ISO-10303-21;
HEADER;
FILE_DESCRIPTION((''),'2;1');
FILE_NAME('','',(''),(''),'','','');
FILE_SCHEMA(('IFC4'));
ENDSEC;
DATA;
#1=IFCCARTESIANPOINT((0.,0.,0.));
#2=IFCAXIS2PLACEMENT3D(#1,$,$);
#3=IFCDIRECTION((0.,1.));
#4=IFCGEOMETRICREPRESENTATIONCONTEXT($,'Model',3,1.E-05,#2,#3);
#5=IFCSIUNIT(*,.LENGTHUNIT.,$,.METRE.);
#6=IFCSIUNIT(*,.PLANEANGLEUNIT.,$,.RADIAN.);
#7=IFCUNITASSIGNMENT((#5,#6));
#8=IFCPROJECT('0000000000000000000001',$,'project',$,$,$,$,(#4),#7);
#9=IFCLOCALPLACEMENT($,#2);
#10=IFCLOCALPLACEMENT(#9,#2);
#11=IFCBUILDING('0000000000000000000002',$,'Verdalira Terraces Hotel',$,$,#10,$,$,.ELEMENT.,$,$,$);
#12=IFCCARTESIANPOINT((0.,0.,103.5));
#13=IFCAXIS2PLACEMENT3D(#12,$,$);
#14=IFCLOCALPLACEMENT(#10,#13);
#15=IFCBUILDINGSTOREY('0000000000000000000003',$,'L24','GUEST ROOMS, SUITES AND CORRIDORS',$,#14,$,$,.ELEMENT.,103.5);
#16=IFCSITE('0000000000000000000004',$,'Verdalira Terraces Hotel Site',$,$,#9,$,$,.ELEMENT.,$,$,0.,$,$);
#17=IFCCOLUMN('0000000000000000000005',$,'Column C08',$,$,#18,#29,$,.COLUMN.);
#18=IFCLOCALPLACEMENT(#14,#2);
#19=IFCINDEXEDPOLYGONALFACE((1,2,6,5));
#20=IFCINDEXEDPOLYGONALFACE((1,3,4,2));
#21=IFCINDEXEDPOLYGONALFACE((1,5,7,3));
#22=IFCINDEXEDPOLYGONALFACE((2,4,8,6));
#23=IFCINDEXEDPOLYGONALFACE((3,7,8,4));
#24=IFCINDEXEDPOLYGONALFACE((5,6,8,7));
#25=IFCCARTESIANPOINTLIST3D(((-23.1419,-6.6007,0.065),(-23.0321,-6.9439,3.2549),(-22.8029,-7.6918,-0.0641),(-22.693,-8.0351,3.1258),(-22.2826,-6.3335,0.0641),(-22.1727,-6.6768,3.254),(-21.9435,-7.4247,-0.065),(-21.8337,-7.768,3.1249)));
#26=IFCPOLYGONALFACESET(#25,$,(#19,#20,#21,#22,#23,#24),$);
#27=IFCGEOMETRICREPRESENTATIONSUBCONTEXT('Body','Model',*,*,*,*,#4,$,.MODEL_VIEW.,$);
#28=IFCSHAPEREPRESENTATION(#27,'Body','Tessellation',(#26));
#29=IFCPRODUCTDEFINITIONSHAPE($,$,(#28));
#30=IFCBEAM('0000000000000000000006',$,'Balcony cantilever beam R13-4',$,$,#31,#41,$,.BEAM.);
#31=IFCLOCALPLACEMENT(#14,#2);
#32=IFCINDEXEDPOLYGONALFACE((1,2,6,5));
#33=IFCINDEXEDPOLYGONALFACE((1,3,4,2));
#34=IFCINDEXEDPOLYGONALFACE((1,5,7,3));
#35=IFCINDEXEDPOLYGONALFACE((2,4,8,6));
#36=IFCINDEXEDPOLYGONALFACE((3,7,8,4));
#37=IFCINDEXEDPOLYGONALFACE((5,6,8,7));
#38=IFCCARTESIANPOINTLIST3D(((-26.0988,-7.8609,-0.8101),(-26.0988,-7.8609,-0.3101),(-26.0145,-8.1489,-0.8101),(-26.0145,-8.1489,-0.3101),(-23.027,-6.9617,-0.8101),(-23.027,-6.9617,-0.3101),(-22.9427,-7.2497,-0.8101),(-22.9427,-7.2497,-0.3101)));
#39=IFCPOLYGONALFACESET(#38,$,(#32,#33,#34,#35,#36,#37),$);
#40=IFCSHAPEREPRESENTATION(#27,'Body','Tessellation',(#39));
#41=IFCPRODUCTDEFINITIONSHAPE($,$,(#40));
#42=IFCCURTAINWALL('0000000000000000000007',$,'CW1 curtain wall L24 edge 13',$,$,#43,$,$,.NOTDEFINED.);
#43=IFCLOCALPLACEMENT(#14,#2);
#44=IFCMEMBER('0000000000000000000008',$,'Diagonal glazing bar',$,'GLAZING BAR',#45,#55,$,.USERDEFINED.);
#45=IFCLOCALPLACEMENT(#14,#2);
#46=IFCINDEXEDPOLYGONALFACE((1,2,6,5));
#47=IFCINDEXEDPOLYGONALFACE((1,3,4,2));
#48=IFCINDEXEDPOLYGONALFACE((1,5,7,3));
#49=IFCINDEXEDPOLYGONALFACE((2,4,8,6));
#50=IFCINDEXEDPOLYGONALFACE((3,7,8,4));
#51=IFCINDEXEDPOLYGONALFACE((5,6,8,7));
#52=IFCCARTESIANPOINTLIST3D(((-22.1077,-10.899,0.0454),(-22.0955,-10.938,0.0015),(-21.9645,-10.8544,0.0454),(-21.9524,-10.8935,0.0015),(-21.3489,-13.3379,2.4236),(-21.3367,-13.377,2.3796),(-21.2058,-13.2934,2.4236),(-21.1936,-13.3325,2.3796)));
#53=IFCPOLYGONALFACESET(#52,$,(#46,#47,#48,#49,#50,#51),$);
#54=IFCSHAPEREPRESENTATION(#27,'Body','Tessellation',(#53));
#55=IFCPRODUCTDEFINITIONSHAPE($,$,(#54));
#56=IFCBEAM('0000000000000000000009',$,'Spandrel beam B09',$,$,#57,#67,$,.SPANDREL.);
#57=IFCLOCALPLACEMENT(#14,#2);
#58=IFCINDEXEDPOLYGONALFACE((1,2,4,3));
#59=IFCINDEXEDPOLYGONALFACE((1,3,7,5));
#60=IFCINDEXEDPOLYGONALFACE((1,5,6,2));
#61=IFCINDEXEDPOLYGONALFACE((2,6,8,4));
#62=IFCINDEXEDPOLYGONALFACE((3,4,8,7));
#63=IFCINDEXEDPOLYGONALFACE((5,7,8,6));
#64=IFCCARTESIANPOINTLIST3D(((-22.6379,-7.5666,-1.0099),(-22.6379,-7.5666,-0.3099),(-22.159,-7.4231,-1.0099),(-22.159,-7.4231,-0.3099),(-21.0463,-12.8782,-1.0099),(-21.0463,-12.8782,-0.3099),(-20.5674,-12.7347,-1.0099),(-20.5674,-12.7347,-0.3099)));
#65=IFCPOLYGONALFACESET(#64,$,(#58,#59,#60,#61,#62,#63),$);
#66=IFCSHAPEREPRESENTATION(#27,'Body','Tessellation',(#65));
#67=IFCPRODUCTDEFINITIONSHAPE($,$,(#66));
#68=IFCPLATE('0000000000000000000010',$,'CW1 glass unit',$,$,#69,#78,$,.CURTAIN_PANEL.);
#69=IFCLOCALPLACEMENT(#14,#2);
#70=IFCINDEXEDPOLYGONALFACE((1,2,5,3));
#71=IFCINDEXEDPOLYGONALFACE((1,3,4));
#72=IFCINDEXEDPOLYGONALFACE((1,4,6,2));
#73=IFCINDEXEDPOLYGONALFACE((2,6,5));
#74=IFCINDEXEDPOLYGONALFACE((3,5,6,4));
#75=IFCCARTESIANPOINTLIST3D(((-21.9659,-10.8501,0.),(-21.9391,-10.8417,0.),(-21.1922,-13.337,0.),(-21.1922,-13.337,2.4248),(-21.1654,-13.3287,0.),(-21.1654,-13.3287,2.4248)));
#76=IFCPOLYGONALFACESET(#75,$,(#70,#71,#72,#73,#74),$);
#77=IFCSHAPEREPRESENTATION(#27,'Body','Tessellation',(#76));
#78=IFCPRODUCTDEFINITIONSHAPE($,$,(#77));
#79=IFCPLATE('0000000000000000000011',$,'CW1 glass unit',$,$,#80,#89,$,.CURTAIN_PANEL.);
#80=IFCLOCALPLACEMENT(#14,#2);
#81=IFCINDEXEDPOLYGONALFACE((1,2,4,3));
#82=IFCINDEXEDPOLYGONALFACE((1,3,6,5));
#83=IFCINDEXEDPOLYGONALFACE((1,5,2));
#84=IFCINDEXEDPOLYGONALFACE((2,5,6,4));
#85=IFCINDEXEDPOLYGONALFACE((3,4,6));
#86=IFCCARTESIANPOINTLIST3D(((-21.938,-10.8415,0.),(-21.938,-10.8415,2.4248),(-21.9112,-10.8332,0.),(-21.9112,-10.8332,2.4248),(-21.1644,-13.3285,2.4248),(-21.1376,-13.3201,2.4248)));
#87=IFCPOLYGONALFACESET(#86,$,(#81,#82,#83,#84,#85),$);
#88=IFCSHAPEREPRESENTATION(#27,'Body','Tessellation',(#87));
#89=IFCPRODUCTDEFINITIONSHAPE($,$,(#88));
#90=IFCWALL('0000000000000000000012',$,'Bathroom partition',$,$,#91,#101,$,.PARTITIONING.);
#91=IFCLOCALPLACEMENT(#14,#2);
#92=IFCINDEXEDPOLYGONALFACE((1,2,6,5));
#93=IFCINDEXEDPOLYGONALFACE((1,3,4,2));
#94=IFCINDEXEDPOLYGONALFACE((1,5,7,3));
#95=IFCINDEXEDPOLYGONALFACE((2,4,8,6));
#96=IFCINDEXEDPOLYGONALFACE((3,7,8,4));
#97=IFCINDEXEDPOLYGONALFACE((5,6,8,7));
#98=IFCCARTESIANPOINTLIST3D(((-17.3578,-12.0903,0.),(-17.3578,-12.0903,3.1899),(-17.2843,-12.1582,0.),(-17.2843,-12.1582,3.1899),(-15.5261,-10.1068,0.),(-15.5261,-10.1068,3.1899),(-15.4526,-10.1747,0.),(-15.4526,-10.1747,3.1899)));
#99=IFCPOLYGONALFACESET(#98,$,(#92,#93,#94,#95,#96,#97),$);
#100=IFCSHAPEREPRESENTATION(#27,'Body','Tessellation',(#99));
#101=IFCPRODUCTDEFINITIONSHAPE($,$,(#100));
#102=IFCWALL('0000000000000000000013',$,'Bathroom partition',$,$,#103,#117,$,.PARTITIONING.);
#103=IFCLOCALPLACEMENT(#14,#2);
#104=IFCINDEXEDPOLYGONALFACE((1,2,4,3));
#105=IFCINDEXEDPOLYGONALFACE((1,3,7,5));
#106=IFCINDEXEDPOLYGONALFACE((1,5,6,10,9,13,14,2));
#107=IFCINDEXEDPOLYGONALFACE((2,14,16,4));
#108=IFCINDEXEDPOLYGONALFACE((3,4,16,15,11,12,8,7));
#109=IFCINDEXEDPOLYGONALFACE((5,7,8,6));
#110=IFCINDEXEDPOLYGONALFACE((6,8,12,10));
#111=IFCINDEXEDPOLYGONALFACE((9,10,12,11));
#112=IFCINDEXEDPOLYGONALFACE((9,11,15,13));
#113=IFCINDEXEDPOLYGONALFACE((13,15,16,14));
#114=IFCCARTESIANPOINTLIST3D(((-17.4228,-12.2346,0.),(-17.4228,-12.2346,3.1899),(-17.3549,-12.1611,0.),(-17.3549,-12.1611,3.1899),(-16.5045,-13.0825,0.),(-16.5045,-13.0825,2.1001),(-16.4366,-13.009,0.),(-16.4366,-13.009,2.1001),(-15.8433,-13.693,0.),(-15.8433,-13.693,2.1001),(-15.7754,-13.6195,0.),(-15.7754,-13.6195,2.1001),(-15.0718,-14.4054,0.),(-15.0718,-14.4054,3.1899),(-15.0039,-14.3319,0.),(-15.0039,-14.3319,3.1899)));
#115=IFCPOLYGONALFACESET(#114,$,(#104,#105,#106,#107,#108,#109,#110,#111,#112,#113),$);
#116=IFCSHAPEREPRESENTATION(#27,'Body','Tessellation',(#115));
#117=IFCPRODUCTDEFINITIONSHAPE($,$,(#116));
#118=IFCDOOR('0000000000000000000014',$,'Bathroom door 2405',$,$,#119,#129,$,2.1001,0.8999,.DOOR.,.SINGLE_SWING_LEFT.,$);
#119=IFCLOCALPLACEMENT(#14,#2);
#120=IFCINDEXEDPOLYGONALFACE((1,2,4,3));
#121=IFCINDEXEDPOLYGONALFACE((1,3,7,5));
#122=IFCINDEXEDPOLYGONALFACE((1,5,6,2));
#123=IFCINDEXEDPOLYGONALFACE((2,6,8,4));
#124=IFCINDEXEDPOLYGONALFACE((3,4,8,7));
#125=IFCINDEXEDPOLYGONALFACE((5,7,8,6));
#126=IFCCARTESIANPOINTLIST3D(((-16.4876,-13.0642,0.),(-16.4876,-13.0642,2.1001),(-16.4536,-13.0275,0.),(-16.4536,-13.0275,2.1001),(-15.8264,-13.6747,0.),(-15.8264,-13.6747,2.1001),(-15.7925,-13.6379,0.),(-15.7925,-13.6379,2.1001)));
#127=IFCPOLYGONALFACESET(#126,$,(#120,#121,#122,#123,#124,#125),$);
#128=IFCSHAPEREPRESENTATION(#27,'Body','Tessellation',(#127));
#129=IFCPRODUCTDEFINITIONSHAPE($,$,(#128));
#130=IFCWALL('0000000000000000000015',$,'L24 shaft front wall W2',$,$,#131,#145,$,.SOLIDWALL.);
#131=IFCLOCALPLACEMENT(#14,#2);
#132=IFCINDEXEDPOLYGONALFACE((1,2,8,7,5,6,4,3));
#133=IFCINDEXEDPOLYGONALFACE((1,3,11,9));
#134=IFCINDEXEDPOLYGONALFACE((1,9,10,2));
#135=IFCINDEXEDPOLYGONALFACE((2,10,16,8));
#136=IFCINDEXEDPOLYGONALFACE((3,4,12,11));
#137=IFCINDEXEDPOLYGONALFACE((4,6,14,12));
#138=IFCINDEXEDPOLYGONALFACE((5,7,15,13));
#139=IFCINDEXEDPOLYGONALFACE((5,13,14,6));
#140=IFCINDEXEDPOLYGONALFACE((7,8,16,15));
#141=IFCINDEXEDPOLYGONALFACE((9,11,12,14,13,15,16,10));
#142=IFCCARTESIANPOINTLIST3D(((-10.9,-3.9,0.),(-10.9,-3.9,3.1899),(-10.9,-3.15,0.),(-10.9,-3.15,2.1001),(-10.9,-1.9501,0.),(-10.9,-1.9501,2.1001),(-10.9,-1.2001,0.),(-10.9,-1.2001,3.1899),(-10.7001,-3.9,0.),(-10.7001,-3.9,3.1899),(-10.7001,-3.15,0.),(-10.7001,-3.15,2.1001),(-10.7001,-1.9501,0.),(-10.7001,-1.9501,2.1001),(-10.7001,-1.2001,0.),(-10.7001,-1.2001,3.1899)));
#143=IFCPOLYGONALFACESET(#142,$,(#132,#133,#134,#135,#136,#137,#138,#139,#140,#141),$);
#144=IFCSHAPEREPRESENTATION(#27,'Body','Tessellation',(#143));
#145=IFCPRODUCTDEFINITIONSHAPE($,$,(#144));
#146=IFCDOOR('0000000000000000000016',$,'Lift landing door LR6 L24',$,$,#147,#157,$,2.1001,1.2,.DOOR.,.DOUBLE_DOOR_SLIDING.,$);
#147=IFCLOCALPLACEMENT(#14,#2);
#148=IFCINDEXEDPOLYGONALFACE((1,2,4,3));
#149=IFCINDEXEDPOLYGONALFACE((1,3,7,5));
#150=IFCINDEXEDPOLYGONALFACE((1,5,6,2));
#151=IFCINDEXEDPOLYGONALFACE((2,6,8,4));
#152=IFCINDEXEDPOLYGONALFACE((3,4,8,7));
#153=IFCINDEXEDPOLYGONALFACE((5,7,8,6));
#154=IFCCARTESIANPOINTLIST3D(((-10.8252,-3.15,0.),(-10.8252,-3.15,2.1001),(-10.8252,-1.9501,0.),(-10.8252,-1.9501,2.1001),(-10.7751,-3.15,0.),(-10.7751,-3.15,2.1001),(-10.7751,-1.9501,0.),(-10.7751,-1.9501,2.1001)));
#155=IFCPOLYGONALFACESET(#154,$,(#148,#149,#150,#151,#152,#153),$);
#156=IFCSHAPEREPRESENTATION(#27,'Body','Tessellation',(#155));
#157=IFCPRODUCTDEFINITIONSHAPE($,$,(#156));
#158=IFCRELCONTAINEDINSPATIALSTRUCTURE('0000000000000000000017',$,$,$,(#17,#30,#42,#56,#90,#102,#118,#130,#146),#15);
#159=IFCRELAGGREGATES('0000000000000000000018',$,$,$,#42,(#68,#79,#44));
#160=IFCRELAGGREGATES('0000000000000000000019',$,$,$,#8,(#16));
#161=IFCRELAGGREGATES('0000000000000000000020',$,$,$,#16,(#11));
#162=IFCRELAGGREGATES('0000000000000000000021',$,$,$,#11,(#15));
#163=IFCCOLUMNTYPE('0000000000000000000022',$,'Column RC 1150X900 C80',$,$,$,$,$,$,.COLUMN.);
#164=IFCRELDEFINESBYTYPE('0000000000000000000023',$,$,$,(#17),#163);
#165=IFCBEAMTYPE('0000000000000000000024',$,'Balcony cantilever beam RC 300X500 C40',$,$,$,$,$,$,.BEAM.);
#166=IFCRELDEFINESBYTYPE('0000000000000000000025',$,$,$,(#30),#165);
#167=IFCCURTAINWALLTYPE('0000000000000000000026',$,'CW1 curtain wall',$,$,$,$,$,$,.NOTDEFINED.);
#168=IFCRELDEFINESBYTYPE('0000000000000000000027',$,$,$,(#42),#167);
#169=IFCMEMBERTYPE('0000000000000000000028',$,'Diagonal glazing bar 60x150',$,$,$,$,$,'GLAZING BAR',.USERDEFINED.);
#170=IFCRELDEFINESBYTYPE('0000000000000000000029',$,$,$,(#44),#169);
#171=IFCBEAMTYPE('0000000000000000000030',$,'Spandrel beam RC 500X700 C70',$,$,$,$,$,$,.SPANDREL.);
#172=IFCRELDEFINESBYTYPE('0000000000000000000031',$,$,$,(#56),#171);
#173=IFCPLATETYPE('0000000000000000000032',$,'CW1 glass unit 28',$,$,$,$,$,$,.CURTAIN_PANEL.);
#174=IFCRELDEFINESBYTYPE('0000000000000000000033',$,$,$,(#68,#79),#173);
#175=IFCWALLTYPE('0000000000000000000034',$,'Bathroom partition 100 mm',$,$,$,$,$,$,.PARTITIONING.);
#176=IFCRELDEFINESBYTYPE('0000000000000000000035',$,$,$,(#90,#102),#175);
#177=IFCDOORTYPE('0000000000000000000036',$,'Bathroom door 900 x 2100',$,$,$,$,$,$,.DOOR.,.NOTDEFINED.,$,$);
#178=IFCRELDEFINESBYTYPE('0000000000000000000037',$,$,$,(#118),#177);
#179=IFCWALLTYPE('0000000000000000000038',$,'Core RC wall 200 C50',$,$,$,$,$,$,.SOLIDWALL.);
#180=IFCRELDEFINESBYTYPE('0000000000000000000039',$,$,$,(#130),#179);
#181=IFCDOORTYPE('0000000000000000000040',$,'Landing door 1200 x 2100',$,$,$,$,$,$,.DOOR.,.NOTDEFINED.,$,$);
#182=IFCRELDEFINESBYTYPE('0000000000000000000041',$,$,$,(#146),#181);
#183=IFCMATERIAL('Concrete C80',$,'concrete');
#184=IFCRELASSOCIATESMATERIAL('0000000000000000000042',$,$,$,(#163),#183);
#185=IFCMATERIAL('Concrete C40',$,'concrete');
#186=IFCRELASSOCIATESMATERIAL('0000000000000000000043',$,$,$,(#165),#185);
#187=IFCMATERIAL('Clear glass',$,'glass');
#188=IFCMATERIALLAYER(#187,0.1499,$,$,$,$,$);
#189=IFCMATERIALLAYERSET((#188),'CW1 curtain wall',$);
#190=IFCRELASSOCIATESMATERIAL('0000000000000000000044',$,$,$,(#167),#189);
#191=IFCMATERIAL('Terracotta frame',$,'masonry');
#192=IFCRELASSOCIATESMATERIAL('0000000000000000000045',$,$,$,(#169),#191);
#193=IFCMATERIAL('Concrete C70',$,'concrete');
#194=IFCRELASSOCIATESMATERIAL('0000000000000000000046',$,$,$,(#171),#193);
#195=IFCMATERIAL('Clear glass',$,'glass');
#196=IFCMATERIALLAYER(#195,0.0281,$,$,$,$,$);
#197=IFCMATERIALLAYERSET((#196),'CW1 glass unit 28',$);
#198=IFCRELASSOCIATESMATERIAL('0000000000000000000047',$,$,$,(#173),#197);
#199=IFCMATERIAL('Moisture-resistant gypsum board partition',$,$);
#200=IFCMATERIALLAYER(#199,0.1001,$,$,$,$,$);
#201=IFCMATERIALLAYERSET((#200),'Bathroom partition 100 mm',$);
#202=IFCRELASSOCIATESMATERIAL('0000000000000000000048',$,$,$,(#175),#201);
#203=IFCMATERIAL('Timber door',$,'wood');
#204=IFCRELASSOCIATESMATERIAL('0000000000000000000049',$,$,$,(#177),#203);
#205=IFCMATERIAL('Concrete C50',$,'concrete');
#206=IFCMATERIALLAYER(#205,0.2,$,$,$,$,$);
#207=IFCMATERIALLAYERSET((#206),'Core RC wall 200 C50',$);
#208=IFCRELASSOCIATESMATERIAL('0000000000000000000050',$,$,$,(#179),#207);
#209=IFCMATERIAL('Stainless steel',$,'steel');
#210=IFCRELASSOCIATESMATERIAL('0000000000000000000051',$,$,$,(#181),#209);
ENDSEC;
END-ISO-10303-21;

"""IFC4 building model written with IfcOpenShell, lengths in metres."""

from ifc_helpers import new_model, si_unit, direction, frame, frame_2d, origin, origin_2d, place, context, subcontext, project, spatial, polyline, rectangle, outline, extrude, material, layer, layer_set, material_profile, profile_set, type_object, element, fill, aggregate, save


model = new_model("IFC4")

# Units and contexts
model_context = context("Model", 3, precision=1e-05, world=origin(), true_north=direction((0.0, 1.0)))
body_context = subcontext(model_context, "Body", "Model", "MODEL_VIEW")
ifc_project = project(units=[si_unit("LENGTHUNIT", "METRE"), si_unit("PLANEANGLEUNIT", "RADIAN")], contexts=[model_context])

# Site, building, storey
site_placement = place(None, origin())
site = spatial("IfcSite", under=ifc_project, at=site_placement, Name="Verdalira Terraces Hotel Site", CompositionType="ELEMENT", RefElevation=0.0)
building_placement = place(site_placement, origin())
building = spatial("IfcBuilding", under=site, at=building_placement, Name="Verdalira Terraces Hotel", CompositionType="ELEMENT")
storey_placement = place(building_placement, frame((0.0, 0.0, 103.5)))
storey = spatial("IfcBuildingStorey", under=building, at=storey_placement, Name="L24", Description="GUEST ROOMS, SUITES AND CORRIDORS", CompositionType="ELEMENT", Elevation=103.5)

# Column
ifc_material_1 = material(Name="Concrete C80", Category="concrete")
ifc_material_profile_1 = material_profile(ifc_material_1, rectangle(XDim=1.1499, YDim=0.8999, at=origin_2d()), Name="RC 1150X900")
ifc_profile_set_1 = profile_set([ifc_material_profile_1], Name="Concrete C80")
column_type = type_object("IfcColumnType", Name="Column RC 1150X900 C80", PredefinedType="COLUMN", material=ifc_profile_set_1)
column_placement = place(storey_placement, frame((-22.5427, -7.0127, 0.0), z_axis=(0.034223, -0.106927, 0.993678), x_axis=(0.294857, -0.948924, -0.112266)))
element("IfcColumn", 1, at=column_placement, inside=storey, type_object=column_type, Name="Column C08", PredefinedType="COLUMN", context=body_context, shape_type="SweptSolid", body=[
    extrude(rectangle(XDim=1.1499, YDim=0.8999, at=origin_2d()), origin(), (0.0, 0.0, 1.0), 3.2102),
])

# Beam
ifc_material_2 = material(Name="Concrete C40", Category="concrete")
ifc_material_profile_2 = material_profile(ifc_material_2, rectangle(XDim=0.3, YDim=0.5, at=origin_2d()), Name="RC 300X500")
ifc_profile_set_2 = profile_set([ifc_material_profile_2], Name="Concrete C40")
beam_type_1 = type_object("IfcBeamType", Name="Balcony cantilever beam RC 300X500 C40", PredefinedType="BEAM", material=ifc_profile_set_2)
beam_1_placement = place(storey_placement, frame((-22.9849, -7.1057, -0.5601), z_axis=(-0.959728, -0.280931, 0.0), x_axis=(0.280931, -0.959728, 0.0)))
element("IfcBeam", 2, at=beam_1_placement, inside=storey, type_object=beam_type_1, Name="Balcony cantilever beam R13-4", PredefinedType="BEAM", context=body_context, shape_type="SweptSolid", body=[
    extrude(rectangle(XDim=0.3, YDim=0.5, at=origin_2d()), origin(), (0.0, 0.0, 1.0), 3.2007),
])

# Curtain wall, member
ifc_material_3 = material(Name="Clear glass", Category="glass")
ifc_layer_1 = layer(ifc_material_3, 0.1499)
ifc_layer_set_1 = layer_set([ifc_layer_1], Name="CW1 curtain wall")
curtain_wall_type = type_object("IfcCurtainWallType", Name="CW1 curtain wall", PredefinedType="NOTDEFINED", material=ifc_layer_set_1)
curtain_wall_placement = place(storey_placement, origin())
curtain_wall = element("IfcCurtainWall", 3, at=curtain_wall_placement, inside=storey, type_object=curtain_wall_type, Name="CW1 curtain wall L24 edge 13", PredefinedType="NOTDEFINED")
ifc_material_4 = material(Name="Terracotta frame", Category="masonry")
ifc_material_profile_3 = material_profile(ifc_material_4, rectangle(XDim=0.1499, YDim=0.0601, at=origin_2d()), Name="GB 60x150")
ifc_profile_set_3 = profile_set([ifc_material_profile_3], Name="Terracotta frame")
member_type = type_object("IfcMemberType", Name="Diagonal glazing bar 60x150", ElementType="GLAZING BAR", PredefinedType="USERDEFINED", material=ifc_profile_set_3)
member_placement = place(storey_placement, frame((-22.03, -10.8962, 0.0234), z_axis=(0.217419, -0.698846, 0.681427), x_axis=(0.954857, 0.297067, 0.0)))
member = element("IfcMember", 4, at=member_placement, type_object=member_type, Name="Diagonal glazing bar", ObjectType="GLAZING BAR", PredefinedType="USERDEFINED", context=body_context, shape_type="SweptSolid", body=[
    extrude(rectangle(XDim=0.1499, YDim=0.0601, at=origin_2d()), origin(), (0.0, 0.0, 1.0), 3.49),
])

# Beam
ifc_material_5 = material(Name="Concrete C70", Category="concrete")
ifc_material_profile_4 = material_profile(ifc_material_5, rectangle(XDim=0.5, YDim=0.7, at=origin_2d()), Name="RC 500X700")
ifc_profile_set_4 = profile_set([ifc_material_profile_4], Name="Concrete C70")
beam_type_2 = type_object("IfcBeamType", Name="Spandrel beam RC 500X700 C70", PredefinedType="SPANDREL", material=ifc_profile_set_4)
beam_2_placement = place(storey_placement, frame((-22.3984, -7.4949, -0.6599), z_axis=(0.287033, -0.957921, 0.0), x_axis=(0.957921, 0.287033, 0.0)))
element("IfcBeam", 5, at=beam_2_placement, inside=storey, type_object=beam_type_2, Name="Spandrel beam B09", PredefinedType="SPANDREL", context=body_context, shape_type="SweptSolid", body=[
    extrude(rectangle(XDim=0.5, YDim=0.7, at=origin_2d()), origin(), (0.0, 0.0, 1.0), 5.5449),
])

# Plates
ifc_material_6 = material(Name="Clear glass", Category="glass")
ifc_layer_2 = layer(ifc_material_6, 0.0281)
ifc_layer_set_2 = layer_set([ifc_layer_2], Name="CW1 glass unit 28")
plate_type = type_object("IfcPlateType", Name="CW1 glass unit 28", PredefinedType="CURTAIN_PANEL", material=ifc_layer_set_2)
plate_1_placement = place(storey_placement, frame((-21.5522, -12.0852, 1.2124), z_axis=(-0.954865, -0.297042, 0.0), x_axis=(0.297042, -0.954865, 0.0)))
plate_1 = element("IfcPlate", 6, at=plate_1_placement, type_object=plate_type, Name="CW1 glass unit", PredefinedType="CURTAIN_PANEL", context=body_context, shape_type="SweptSolid", body=[
    extrude(outline(polyline([(-1.3022, -1.2124), (1.3022, -1.2124), (1.3022, 1.2124), (-1.3022, -1.2124)])), origin(), (0.0, 0.0, 1.0), 0.0281),
])
plate_2_placement = place(storey_placement, frame((-21.5244, -12.0767, 1.2124), z_axis=(-0.954865, -0.297042, 0.0), x_axis=(0.297042, -0.954865, 0.0)))
plate_2 = element("IfcPlate", 7, at=plate_2_placement, type_object=plate_type, Name="CW1 glass unit", PredefinedType="CURTAIN_PANEL", context=body_context, shape_type="SweptSolid", body=[
    extrude(outline(polyline([(-1.3022, -1.2124), (1.3022, 1.2124), (-1.3022, 1.2124), (-1.3022, -1.2124)])), origin(), (0.0, 0.0, 1.0), 0.0281),
])
aggregate(curtain_wall, [plate_1, plate_2, member])

# Wall
ifc_material_7 = material(Name="Moisture-resistant gypsum board partition")
ifc_layer_3 = layer(ifc_material_7, 0.1001)
ifc_layer_set_3 = layer_set([ifc_layer_3], Name="Bathroom partition 100 mm")
wall_type_1 = type_object("IfcWallType", Name="Bathroom partition 100 mm", PredefinedType="PARTITIONING", material=ifc_layer_set_3)
wall_1_placement = place(storey_placement, frame((-15.4893, -10.1406, 0.0), z_axis=(0.0, 0.0, 1.0), x_axis=(-0.678427, -0.734668, 0.0)))
element("IfcWall", 8, at=wall_1_placement, inside=storey, type_object=wall_type_1, Name="Bathroom partition", PredefinedType="PARTITIONING", context=body_context, shape_type="SweptSolid", body=[
    extrude(rectangle(XDim=2.7, YDim=0.1001, at=frame_2d((1.3501, 0.0))), origin(), (0.0, 0.0, 1.0), 3.1899),
])

# Walls, openings, doors
wall_2_placement = place(storey_placement, frame((-17.3889, -12.1978, 0.0), z_axis=(0.0, 0.0, 1.0), x_axis=(0.734698, -0.678394, 0.0)))
wall_2 = element("IfcWall", 9, at=wall_2_placement, inside=storey, type_object=wall_type_1, Name="Bathroom partition", PredefinedType="PARTITIONING", context=body_context, shape_type="SweptSolid", body=[
    extrude(rectangle(XDim=3.2, YDim=0.1001, at=frame_2d((1.6001, 0.0))), origin(), (0.0, 0.0, 1.0), 3.1899),
])
opening_1_placement = place(wall_2_placement, frame((1.25, 0.0, 0.0)))
opening_1 = element("IfcOpeningElement", 10, at=opening_1_placement, cuts=wall_2, PredefinedType="OPENING", context=body_context, shape_type="SweptSolid", body=[
    extrude(rectangle(XDim=0.8999, YDim=2.1001, at=frame_2d((0.45, 1.05))), frame((0.0, 0.0601, 0.0), z_axis=(0.0, -1.0, 0.0), x_axis=(1.0, 0.0, 0.0)), (0.0, 0.0, 1.0), 0.1201),
])
ifc_material_8 = material(Name="Timber door", Category="wood")
door_type_1 = type_object("IfcDoorType", Name="Bathroom door 900 x 2100", OperationType="NOTDEFINED", PredefinedType="DOOR", material=ifc_material_8)
door_1_placement = place(opening_1_placement, origin())
door_1 = element("IfcDoor", 11, at=door_1_placement, inside=storey, type_object=door_type_1, Name="Bathroom door 2405", OperationType="SINGLE_SWING_LEFT", OverallHeight=2.1001, OverallWidth=0.8999, PredefinedType="DOOR", context=body_context, shape_type="SweptSolid", body=[
    extrude(rectangle(XDim=0.8999, YDim=2.1001, at=frame_2d((0.45, 1.05))), frame((0.0, 0.0249, 0.0), z_axis=(0.0, -1.0, 0.0), x_axis=(1.0, 0.0, 0.0)), (0.0, 0.0, 1.0), 0.05),
])
fill(opening_1, door_1)
ifc_material_9 = material(Name="Concrete C50", Category="concrete")
ifc_layer_4 = layer(ifc_material_9, 0.2)
ifc_layer_set_4 = layer_set([ifc_layer_4], Name="Core RC wall 200 C50")
wall_type_2 = type_object("IfcWallType", Name="Core RC wall 200 C50", PredefinedType="SOLIDWALL", material=ifc_layer_set_4)
wall_3_placement = place(storey_placement, frame((-10.8, -1.2, 0.0), z_axis=(0.0, 0.0, 1.0), x_axis=(0.0, -1.0, 0.0)))
wall_3 = element("IfcWall", 12, at=wall_3_placement, inside=storey, type_object=wall_type_2, Name="L24 shaft front wall W2", PredefinedType="SOLIDWALL", context=body_context, shape_type="SweptSolid", body=[
    extrude(rectangle(XDim=2.7, YDim=0.2, at=frame_2d((1.3501, 0.0))), origin(), (0.0, 0.0, 1.0), 3.1899),
])
opening_2_placement = place(wall_3_placement, frame((0.75, 0.0, 0.0)))
opening_2 = element("IfcOpeningElement", 13, at=opening_2_placement, cuts=wall_3, PredefinedType="OPENING", context=body_context, shape_type="SweptSolid", body=[
    extrude(rectangle(XDim=1.2, YDim=2.1001, at=frame_2d((0.6001, 1.05))), frame((0.0, 0.1099, 0.0), z_axis=(0.0, -1.0, 0.0), x_axis=(1.0, 0.0, 0.0)), (0.0, 0.0, 1.0), 0.22),
])
ifc_material_10 = material(Name="Stainless steel", Category="steel")
door_type_2 = type_object("IfcDoorType", Name="Landing door 1200 x 2100", OperationType="NOTDEFINED", PredefinedType="DOOR", material=ifc_material_10)
door_2_placement = place(opening_2_placement, origin())
door_2 = element("IfcDoor", 14, at=door_2_placement, inside=storey, type_object=door_type_2, Name="Lift landing door LR6 L24", OperationType="DOUBLE_DOOR_SLIDING", OverallHeight=2.1001, OverallWidth=1.2, PredefinedType="DOOR", context=body_context, shape_type="SweptSolid", body=[
    extrude(rectangle(XDim=1.2, YDim=2.1001, at=frame_2d((0.6001, 1.05))), frame((0.0, 0.0249, 0.0), z_axis=(0.0, -1.0, 0.0), x_axis=(1.0, 0.0, 0.0)), (0.0, 0.0, 1.0), 0.05),
])
fill(opening_2, door_2)

save(model, "model.ifc")
